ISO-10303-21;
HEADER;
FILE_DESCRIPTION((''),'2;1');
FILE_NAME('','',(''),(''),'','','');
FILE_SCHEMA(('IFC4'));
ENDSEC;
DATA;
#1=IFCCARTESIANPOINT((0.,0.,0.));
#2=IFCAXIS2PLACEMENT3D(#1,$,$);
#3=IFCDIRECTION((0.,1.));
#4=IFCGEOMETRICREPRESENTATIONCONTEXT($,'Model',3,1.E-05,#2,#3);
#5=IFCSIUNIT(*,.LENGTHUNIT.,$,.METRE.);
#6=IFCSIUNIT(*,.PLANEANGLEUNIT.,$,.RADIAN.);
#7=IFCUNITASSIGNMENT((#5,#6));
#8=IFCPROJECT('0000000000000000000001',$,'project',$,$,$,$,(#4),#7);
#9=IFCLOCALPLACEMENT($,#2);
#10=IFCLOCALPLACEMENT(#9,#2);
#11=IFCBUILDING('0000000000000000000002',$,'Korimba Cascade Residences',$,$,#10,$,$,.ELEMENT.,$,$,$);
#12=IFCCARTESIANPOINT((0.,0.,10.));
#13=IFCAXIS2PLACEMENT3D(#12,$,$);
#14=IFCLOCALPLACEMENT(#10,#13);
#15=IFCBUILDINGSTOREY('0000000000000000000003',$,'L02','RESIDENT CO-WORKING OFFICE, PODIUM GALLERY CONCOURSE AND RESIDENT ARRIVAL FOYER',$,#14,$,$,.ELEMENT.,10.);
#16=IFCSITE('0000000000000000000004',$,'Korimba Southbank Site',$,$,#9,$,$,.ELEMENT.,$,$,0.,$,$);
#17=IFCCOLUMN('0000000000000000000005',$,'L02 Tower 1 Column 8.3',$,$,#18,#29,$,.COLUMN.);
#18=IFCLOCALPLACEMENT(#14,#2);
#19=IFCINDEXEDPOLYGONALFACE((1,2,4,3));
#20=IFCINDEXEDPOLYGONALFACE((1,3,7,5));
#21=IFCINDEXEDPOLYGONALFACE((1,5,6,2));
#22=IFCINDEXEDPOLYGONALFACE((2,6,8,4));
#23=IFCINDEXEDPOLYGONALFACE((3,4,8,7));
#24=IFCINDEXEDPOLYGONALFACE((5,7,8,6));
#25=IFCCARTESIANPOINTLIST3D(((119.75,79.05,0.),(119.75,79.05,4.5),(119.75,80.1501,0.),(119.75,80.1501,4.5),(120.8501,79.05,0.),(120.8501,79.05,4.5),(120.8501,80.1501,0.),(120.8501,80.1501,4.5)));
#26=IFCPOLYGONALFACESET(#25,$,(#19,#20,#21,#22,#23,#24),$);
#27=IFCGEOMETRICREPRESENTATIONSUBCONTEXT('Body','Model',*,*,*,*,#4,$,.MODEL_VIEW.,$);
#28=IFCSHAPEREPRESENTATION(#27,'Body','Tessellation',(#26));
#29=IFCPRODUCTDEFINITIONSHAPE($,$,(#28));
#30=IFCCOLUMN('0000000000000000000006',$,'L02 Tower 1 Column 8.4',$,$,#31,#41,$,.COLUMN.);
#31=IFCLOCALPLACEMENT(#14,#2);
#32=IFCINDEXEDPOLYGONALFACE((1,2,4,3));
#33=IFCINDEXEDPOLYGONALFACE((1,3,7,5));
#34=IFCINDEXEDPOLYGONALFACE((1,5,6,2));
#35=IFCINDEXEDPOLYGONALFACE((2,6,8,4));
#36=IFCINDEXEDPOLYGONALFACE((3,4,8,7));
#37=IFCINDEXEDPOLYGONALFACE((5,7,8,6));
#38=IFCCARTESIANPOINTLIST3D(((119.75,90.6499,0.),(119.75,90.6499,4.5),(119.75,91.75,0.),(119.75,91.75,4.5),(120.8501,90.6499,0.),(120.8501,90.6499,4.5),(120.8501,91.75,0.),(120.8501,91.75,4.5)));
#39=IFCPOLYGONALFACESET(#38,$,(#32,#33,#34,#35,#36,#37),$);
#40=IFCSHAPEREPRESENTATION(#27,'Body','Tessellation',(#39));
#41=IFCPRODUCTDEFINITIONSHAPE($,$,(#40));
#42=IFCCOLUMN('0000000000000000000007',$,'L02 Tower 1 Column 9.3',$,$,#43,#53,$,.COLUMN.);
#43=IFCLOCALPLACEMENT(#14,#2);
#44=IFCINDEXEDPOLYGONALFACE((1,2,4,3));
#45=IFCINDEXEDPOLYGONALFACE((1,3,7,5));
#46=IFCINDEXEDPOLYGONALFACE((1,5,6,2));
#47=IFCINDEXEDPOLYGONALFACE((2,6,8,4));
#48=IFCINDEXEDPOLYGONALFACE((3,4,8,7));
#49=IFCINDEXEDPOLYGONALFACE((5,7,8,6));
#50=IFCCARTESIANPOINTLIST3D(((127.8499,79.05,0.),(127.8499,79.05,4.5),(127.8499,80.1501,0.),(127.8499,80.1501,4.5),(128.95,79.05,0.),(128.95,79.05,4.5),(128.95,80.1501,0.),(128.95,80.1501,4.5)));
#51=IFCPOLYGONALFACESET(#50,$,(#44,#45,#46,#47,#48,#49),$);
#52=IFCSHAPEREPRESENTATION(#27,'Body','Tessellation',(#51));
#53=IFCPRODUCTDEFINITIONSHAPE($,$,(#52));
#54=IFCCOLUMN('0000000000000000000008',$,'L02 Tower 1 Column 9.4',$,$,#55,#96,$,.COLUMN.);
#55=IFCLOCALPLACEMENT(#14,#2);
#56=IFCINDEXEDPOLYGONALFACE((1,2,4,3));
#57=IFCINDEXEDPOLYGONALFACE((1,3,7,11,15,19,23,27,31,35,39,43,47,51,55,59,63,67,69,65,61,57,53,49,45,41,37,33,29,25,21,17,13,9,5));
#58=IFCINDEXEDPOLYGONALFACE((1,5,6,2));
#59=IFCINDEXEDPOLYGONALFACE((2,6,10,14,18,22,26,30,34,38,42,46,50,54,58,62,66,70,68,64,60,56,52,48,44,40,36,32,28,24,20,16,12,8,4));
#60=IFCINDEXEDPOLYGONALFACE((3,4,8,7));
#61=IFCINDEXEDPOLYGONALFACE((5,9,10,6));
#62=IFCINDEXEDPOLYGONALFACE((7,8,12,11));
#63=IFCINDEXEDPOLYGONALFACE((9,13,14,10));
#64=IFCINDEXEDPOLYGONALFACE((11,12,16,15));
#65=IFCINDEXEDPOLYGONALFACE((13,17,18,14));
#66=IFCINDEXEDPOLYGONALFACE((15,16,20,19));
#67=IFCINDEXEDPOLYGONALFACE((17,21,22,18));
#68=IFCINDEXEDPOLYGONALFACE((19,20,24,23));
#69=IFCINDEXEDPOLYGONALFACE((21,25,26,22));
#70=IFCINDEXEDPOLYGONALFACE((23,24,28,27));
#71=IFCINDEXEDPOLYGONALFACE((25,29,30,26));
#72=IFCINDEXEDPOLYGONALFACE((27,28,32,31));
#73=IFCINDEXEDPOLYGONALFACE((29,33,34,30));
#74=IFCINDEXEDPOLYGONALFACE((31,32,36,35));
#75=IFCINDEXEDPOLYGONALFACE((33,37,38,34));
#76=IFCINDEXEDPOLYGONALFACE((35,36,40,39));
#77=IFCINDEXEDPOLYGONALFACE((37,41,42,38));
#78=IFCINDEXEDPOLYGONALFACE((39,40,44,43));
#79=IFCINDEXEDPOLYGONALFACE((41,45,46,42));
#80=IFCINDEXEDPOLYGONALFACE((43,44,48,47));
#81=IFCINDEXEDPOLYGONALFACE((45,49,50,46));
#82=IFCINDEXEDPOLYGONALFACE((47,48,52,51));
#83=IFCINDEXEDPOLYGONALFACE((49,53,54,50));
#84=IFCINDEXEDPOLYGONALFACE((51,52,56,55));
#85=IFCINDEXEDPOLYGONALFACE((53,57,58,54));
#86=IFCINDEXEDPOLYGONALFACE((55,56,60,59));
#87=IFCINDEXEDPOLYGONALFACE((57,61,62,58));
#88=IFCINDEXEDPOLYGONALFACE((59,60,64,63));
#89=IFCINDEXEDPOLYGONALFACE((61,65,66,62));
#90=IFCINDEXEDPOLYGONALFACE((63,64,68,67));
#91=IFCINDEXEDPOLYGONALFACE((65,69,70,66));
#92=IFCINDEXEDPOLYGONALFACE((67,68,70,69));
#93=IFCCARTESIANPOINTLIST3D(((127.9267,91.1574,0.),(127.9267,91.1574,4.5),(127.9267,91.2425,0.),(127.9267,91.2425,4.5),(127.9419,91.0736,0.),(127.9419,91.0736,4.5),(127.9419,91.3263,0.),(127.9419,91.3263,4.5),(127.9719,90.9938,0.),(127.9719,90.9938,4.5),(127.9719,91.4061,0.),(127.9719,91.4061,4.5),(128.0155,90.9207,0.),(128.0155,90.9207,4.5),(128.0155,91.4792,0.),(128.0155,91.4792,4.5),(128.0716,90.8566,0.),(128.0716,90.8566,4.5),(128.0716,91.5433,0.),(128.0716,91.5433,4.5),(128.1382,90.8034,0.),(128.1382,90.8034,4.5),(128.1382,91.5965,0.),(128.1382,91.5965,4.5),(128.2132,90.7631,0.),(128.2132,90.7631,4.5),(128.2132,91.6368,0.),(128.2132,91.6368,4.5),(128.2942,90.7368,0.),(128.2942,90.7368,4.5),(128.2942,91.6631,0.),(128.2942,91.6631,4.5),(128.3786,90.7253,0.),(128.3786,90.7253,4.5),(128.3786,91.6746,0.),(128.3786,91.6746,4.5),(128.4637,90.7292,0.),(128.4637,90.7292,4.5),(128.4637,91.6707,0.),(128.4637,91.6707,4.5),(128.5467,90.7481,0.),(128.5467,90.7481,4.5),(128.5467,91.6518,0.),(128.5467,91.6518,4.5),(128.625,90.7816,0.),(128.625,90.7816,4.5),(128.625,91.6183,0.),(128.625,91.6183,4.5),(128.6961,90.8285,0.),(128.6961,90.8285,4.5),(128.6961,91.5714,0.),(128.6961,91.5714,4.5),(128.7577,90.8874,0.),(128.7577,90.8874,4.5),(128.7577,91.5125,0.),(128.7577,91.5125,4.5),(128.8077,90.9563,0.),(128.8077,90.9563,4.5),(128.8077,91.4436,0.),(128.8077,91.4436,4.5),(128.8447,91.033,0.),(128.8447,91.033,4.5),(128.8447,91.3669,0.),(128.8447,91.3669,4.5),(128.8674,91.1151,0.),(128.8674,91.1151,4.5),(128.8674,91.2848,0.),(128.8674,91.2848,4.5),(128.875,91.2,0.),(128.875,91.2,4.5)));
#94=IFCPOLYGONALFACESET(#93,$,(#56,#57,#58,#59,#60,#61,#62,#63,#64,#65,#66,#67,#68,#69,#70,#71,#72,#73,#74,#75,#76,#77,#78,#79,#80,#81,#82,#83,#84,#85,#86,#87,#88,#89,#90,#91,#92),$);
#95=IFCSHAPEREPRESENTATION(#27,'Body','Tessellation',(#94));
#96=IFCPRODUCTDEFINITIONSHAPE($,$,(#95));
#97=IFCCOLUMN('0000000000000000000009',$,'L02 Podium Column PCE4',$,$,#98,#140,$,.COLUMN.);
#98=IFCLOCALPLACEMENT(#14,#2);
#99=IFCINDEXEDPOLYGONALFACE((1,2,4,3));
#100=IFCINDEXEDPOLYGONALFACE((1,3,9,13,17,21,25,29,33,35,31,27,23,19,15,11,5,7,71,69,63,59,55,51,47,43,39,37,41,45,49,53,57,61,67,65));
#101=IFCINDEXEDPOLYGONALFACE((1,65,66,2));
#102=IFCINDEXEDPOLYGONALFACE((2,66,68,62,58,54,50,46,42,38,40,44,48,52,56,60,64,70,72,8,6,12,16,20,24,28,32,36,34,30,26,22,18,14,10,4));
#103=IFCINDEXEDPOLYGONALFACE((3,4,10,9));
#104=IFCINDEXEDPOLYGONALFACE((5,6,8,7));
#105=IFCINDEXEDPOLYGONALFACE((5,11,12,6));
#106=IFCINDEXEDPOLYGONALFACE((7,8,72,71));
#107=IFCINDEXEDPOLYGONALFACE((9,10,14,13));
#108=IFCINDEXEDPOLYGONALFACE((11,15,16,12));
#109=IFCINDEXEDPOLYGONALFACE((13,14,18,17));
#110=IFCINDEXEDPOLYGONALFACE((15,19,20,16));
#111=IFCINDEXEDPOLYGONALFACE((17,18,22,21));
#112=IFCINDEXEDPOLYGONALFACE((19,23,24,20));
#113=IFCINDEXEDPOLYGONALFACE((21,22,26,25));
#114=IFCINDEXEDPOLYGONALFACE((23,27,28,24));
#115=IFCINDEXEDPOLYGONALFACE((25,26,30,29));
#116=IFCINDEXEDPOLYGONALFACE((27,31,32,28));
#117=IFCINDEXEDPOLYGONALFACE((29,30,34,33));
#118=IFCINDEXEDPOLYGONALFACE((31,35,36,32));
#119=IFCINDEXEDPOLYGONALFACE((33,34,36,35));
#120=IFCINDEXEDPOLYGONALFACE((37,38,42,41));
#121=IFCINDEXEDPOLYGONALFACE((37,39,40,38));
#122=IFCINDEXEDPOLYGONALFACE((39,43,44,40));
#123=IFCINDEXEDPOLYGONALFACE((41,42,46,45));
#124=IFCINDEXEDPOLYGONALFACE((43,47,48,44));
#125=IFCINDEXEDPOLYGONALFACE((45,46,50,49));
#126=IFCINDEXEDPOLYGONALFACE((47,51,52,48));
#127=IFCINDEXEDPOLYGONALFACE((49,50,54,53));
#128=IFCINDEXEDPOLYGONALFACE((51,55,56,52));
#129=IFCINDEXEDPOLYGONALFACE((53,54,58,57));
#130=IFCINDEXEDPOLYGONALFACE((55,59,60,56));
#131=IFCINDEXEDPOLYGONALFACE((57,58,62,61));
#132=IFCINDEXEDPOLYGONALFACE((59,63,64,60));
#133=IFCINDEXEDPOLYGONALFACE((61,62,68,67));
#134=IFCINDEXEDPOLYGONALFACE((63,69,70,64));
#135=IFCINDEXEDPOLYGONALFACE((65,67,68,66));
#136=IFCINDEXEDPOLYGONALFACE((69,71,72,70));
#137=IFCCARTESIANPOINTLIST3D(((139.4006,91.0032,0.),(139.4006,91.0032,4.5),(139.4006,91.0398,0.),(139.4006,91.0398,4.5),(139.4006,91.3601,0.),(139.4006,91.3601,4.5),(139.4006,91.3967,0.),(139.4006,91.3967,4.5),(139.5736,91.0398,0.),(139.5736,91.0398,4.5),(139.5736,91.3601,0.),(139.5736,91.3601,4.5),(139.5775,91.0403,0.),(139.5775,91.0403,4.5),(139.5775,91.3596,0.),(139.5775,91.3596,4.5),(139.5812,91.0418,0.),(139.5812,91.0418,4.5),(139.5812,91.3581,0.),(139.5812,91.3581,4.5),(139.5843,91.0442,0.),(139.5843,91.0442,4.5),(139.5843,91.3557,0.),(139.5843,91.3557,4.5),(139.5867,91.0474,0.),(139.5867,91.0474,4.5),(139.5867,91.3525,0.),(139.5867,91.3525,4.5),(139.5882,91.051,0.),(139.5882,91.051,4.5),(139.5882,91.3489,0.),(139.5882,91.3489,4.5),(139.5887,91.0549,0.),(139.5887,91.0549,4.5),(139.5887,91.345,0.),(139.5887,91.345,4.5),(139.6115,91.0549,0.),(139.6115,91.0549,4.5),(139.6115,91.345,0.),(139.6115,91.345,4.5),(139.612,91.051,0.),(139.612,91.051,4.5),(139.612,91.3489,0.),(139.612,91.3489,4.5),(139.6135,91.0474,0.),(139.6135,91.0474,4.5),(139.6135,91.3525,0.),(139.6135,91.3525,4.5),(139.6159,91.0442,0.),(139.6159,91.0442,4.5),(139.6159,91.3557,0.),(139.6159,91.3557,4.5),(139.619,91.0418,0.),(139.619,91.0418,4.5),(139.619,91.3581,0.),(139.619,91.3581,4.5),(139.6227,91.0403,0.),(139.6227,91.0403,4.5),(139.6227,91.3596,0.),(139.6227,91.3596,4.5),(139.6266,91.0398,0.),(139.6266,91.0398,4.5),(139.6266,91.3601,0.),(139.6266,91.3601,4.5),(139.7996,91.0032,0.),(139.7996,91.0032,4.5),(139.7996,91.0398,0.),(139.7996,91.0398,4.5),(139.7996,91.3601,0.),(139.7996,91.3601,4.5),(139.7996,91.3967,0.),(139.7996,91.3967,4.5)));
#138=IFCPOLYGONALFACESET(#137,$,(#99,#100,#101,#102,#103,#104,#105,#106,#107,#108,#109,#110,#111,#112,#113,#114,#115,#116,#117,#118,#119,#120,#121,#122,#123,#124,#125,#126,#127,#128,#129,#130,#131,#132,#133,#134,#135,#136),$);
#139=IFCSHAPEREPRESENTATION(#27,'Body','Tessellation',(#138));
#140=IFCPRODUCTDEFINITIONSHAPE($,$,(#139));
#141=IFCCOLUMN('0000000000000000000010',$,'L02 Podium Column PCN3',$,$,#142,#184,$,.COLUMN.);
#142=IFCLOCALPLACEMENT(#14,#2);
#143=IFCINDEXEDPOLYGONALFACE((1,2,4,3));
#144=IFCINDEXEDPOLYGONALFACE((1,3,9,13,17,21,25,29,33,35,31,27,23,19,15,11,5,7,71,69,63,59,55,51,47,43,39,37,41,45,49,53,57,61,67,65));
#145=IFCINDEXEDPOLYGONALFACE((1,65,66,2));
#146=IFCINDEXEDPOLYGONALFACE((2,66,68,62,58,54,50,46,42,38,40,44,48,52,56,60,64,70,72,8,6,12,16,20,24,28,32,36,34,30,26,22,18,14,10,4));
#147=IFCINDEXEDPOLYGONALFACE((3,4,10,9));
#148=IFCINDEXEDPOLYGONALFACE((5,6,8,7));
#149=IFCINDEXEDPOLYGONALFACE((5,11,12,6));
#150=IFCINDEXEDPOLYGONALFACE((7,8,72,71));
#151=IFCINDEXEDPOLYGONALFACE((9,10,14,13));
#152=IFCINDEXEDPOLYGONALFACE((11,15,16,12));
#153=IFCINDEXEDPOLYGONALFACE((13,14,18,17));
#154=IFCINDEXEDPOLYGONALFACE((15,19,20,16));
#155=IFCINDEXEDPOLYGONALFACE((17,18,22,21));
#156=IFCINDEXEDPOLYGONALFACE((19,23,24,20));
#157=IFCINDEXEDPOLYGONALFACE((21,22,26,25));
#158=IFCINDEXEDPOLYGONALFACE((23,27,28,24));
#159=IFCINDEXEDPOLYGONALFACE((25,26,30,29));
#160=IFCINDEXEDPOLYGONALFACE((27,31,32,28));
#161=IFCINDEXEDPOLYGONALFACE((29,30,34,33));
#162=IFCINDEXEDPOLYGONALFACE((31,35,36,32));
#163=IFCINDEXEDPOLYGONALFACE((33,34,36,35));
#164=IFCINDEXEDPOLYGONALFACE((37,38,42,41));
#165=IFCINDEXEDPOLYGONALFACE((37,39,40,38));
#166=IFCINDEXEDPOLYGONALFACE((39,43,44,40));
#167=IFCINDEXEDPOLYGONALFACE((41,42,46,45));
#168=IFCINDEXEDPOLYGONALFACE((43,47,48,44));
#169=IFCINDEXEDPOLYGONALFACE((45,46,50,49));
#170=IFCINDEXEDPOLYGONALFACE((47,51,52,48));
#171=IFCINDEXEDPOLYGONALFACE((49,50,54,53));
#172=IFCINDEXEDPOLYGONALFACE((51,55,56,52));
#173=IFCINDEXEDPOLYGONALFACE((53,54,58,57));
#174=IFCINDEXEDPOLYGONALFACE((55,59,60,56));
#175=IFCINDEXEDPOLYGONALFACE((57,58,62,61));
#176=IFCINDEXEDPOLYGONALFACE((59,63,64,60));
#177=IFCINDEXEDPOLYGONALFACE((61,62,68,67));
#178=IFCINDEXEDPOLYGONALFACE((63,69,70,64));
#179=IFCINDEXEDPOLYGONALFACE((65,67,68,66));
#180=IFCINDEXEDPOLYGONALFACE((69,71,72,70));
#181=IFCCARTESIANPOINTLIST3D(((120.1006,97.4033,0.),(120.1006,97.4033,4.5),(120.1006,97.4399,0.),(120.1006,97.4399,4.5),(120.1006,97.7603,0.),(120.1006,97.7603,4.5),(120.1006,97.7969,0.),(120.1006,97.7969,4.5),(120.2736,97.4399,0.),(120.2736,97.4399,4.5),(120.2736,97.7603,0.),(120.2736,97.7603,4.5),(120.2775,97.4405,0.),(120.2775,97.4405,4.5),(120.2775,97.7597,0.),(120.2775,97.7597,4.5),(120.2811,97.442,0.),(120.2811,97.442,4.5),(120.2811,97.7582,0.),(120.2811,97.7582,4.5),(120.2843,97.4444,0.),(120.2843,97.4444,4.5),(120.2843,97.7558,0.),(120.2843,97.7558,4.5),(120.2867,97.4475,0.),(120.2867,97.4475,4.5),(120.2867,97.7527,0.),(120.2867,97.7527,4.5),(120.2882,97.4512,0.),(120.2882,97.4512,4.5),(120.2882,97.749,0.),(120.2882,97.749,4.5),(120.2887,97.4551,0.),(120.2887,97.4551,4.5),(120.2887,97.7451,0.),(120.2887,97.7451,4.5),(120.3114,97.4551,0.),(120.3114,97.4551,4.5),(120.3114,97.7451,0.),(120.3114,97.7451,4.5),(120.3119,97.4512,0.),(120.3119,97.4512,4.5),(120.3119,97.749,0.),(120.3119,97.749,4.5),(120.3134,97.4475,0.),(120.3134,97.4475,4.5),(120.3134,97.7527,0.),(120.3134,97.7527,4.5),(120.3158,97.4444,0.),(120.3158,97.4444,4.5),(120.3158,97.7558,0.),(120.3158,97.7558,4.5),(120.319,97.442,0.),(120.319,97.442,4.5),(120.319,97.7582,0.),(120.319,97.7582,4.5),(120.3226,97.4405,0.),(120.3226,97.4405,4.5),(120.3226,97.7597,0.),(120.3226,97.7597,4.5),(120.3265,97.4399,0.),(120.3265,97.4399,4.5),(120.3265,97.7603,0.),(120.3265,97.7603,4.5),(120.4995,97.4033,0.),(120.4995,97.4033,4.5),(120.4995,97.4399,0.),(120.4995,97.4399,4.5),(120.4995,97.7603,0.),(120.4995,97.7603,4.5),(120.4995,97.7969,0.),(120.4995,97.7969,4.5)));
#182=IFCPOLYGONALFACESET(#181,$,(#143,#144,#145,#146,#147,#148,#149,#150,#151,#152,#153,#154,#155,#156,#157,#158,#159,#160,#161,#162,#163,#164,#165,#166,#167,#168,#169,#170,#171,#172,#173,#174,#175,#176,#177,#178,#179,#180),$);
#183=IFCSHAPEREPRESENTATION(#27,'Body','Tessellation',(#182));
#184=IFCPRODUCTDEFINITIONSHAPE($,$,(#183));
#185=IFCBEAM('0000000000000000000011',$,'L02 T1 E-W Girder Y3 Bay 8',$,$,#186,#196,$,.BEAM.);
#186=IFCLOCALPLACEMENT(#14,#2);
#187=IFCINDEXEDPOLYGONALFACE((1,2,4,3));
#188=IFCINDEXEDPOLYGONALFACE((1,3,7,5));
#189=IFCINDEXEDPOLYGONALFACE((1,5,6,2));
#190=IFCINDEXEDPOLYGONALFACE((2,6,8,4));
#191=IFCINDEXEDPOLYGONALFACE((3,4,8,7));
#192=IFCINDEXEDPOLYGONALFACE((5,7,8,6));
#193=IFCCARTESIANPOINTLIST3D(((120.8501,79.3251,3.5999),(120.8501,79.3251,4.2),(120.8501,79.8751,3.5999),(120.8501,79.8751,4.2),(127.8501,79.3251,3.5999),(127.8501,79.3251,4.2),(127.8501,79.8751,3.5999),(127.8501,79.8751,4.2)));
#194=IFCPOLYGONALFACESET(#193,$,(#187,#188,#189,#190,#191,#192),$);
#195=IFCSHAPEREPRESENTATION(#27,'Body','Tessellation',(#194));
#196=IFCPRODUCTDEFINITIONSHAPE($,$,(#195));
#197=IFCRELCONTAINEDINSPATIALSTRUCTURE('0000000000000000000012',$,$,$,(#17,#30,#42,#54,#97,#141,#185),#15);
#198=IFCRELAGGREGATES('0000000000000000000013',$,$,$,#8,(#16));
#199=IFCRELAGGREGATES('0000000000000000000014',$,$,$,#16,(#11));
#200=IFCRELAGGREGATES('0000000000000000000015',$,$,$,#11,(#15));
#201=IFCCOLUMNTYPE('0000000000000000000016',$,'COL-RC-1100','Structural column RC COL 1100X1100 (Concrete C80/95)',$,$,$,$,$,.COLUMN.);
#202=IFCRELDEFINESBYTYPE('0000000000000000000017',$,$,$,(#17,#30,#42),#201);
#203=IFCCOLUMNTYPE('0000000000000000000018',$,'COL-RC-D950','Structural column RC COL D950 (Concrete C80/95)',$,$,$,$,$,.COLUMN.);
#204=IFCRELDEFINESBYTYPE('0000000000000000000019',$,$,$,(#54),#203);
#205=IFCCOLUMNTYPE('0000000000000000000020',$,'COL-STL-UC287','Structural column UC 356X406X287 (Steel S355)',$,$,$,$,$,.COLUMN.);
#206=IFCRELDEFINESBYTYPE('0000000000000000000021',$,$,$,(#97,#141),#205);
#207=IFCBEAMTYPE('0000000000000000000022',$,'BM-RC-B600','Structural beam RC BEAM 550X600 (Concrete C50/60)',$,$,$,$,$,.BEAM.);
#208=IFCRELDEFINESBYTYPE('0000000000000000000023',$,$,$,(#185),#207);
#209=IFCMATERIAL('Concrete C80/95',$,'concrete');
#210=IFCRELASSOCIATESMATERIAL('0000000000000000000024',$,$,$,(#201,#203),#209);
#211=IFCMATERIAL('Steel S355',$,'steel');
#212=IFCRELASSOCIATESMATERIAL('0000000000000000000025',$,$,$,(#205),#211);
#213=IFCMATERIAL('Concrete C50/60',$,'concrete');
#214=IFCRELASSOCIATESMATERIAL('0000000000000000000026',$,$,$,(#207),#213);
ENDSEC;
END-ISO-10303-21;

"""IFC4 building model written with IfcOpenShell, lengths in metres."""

from ifc_helpers import new_model, si_unit, direction, frame, origin, origin_2d, place, context, subcontext, project, spatial, rectangle, circle, i_section, extrude, material, material_profile, profile_set, type_object, element, save


model = new_model("IFC4")

# Units and contexts
model_context = context("Model", 3, precision=1e-05, world=origin(), true_north=direction((0.0, 1.0)))
body_context = subcontext(model_context, "Body", "Model", "MODEL_VIEW")
ifc_project = project(units=[si_unit("LENGTHUNIT", "METRE"), si_unit("PLANEANGLEUNIT", "RADIAN")], contexts=[model_context])

# Site, building, storey
site_placement = place(None, origin())
site = spatial("IfcSite", under=ifc_project, at=site_placement, Name="Korimba Southbank Site", CompositionType="ELEMENT", RefElevation=0.0)
building_placement = place(site_placement, origin())
building = spatial("IfcBuilding", under=site, at=building_placement, Name="Korimba Cascade Residences", CompositionType="ELEMENT")
storey_placement = place(building_placement, frame((0.0, 0.0, 10.0)))
storey = spatial("IfcBuildingStorey", under=building, at=storey_placement, Name="L02", Description="RESIDENT CO-WORKING OFFICE, PODIUM GALLERY CONCOURSE AND RESIDENT ARRIVAL FOYER", CompositionType="ELEMENT", Elevation=10.0)

# Columns
ifc_material_1 = material(Name="Concrete C80/95", Category="concrete")
ifc_material_profile_1 = material_profile(ifc_material_1, rectangle(XDim=1.1001, YDim=1.1001, at=origin_2d()), Name="Concrete C80/95")
ifc_profile_set_1 = profile_set([ifc_material_profile_1], Name="Concrete C80/95")
column_type_1 = type_object("IfcColumnType", Name="COL-RC-1100", Description="Structural column RC COL 1100X1100 (Concrete C80/95)", PredefinedType="COLUMN", material=ifc_profile_set_1)
for number, where, z_axis, x_axis, name in (
    (1, (120.3, 79.6001, 0.0), (0.0, 0.0, 1.0), (1.0, 0.0, 0.0), "L02 Tower 1 Column 8.3"),
    (2, (120.3, 91.2, 0.0), (0.0, 0.0, 1.0), (1.0, 0.0, 0.0), "L02 Tower 1 Column 8.4"),
    (3, (128.3999, 79.6001, 0.0), (0.0, 0.0, 1.0), (1.0, 0.0, 0.0), "L02 Tower 1 Column 9.3"),
):
    element("IfcColumn", number, at=place(storey_placement, frame(where, z_axis=z_axis, x_axis=x_axis)), inside=storey, type_object=column_type_1, Name=name, PredefinedType="COLUMN", context=body_context, shape_type="SweptSolid", body=[
        extrude(rectangle(XDim=1.1001, YDim=1.1001, at=origin_2d()), origin(), (0.0, 0.0, 1.0), 4.5),
    ])
ifc_material_profile_2 = material_profile(ifc_material_1, circle(Radius=0.4751, at=origin_2d()), Name="Concrete C80/95")
ifc_profile_set_2 = profile_set([ifc_material_profile_2], Name="Concrete C80/95")
column_type_2 = type_object("IfcColumnType", Name="COL-RC-D950", Description="Structural column RC COL D950 (Concrete C80/95)", PredefinedType="COLUMN", material=ifc_profile_set_2)
column_placement = place(storey_placement, frame((128.3999, 91.2, 0.0), z_axis=(0.0, 0.0, 1.0), x_axis=(1.0, 0.0, 0.0)))
element("IfcColumn", 4, at=column_placement, inside=storey, type_object=column_type_2, Name="L02 Tower 1 Column 9.4", PredefinedType="COLUMN", context=body_context, shape_type="SweptSolid", body=[
    extrude(circle(Radius=0.4751, at=origin_2d()), origin(), (0.0, 0.0, 1.0), 4.5),
])
ifc_material_2 = material(Name="Steel S355", Category="steel")
ifc_material_profile_3 = material_profile(ifc_material_2, i_section(OverallWidth=0.3989, OverallDepth=0.3936, WebThickness=0.0227, FlangeThickness=0.0366, FilletRadius=0.0151, at=origin_2d()), Name="Steel S355")
ifc_profile_set_3 = profile_set([ifc_material_profile_3], Name="Steel S355")
column_type_3 = type_object("IfcColumnType", Name="COL-STL-UC287", Description="Structural column UC 356X406X287 (Steel S355)", PredefinedType="COLUMN", material=ifc_profile_set_3)
for number, where, z_axis, x_axis, name in (
    (5, (139.6001, 91.2, 0.0), (0.0, 0.0, 1.0), (1.0, 0.0, 0.0), "L02 Podium Column PCE4"),
    (6, (120.3, 97.6001, 0.0), (0.0, 0.0, 1.0), (1.0, 0.0, 0.0), "L02 Podium Column PCN3"),
):
    element("IfcColumn", number, at=place(storey_placement, frame(where, z_axis=z_axis, x_axis=x_axis)), inside=storey, type_object=column_type_3, Name=name, PredefinedType="COLUMN", context=body_context, shape_type="SweptSolid", body=[
        extrude(i_section(OverallWidth=0.3989, OverallDepth=0.3936, WebThickness=0.0227, FlangeThickness=0.0366, FilletRadius=0.0151, at=origin_2d()), origin(), (0.0, 0.0, 1.0), 4.5),
    ])

# Beam
ifc_material_3 = material(Name="Concrete C50/60", Category="concrete")
ifc_material_profile_4 = material_profile(ifc_material_3, rectangle(XDim=0.55, YDim=0.6001, at=origin_2d()), Name="Concrete C50/60")
ifc_profile_set_4 = profile_set([ifc_material_profile_4], Name="Concrete C50/60")
beam_type_1 = type_object("IfcBeamType", Name="BM-RC-B600", Description="Structural beam RC BEAM 550X600 (Concrete C50/60)", PredefinedType="BEAM", material=ifc_profile_set_4)
beam_1_placement = place(storey_placement, frame((120.8501, 79.6001, 3.8999), z_axis=(1.0, 0.0, 0.0), x_axis=(0.0, 1.0, 0.0)))
element("IfcBeam", 7, at=beam_1_placement, inside=storey, type_object=beam_type_1, Name="L02 T1 E-W Girder Y3 Bay 8", PredefinedType="BEAM", context=body_context, shape_type="SweptSolid", body=[
    extrude(rectangle(XDim=0.55, YDim=0.6001, at=origin_2d()), origin(), (0.0, 0.0, 1.0), 7.0),
])

save(model, "model.ifc")
